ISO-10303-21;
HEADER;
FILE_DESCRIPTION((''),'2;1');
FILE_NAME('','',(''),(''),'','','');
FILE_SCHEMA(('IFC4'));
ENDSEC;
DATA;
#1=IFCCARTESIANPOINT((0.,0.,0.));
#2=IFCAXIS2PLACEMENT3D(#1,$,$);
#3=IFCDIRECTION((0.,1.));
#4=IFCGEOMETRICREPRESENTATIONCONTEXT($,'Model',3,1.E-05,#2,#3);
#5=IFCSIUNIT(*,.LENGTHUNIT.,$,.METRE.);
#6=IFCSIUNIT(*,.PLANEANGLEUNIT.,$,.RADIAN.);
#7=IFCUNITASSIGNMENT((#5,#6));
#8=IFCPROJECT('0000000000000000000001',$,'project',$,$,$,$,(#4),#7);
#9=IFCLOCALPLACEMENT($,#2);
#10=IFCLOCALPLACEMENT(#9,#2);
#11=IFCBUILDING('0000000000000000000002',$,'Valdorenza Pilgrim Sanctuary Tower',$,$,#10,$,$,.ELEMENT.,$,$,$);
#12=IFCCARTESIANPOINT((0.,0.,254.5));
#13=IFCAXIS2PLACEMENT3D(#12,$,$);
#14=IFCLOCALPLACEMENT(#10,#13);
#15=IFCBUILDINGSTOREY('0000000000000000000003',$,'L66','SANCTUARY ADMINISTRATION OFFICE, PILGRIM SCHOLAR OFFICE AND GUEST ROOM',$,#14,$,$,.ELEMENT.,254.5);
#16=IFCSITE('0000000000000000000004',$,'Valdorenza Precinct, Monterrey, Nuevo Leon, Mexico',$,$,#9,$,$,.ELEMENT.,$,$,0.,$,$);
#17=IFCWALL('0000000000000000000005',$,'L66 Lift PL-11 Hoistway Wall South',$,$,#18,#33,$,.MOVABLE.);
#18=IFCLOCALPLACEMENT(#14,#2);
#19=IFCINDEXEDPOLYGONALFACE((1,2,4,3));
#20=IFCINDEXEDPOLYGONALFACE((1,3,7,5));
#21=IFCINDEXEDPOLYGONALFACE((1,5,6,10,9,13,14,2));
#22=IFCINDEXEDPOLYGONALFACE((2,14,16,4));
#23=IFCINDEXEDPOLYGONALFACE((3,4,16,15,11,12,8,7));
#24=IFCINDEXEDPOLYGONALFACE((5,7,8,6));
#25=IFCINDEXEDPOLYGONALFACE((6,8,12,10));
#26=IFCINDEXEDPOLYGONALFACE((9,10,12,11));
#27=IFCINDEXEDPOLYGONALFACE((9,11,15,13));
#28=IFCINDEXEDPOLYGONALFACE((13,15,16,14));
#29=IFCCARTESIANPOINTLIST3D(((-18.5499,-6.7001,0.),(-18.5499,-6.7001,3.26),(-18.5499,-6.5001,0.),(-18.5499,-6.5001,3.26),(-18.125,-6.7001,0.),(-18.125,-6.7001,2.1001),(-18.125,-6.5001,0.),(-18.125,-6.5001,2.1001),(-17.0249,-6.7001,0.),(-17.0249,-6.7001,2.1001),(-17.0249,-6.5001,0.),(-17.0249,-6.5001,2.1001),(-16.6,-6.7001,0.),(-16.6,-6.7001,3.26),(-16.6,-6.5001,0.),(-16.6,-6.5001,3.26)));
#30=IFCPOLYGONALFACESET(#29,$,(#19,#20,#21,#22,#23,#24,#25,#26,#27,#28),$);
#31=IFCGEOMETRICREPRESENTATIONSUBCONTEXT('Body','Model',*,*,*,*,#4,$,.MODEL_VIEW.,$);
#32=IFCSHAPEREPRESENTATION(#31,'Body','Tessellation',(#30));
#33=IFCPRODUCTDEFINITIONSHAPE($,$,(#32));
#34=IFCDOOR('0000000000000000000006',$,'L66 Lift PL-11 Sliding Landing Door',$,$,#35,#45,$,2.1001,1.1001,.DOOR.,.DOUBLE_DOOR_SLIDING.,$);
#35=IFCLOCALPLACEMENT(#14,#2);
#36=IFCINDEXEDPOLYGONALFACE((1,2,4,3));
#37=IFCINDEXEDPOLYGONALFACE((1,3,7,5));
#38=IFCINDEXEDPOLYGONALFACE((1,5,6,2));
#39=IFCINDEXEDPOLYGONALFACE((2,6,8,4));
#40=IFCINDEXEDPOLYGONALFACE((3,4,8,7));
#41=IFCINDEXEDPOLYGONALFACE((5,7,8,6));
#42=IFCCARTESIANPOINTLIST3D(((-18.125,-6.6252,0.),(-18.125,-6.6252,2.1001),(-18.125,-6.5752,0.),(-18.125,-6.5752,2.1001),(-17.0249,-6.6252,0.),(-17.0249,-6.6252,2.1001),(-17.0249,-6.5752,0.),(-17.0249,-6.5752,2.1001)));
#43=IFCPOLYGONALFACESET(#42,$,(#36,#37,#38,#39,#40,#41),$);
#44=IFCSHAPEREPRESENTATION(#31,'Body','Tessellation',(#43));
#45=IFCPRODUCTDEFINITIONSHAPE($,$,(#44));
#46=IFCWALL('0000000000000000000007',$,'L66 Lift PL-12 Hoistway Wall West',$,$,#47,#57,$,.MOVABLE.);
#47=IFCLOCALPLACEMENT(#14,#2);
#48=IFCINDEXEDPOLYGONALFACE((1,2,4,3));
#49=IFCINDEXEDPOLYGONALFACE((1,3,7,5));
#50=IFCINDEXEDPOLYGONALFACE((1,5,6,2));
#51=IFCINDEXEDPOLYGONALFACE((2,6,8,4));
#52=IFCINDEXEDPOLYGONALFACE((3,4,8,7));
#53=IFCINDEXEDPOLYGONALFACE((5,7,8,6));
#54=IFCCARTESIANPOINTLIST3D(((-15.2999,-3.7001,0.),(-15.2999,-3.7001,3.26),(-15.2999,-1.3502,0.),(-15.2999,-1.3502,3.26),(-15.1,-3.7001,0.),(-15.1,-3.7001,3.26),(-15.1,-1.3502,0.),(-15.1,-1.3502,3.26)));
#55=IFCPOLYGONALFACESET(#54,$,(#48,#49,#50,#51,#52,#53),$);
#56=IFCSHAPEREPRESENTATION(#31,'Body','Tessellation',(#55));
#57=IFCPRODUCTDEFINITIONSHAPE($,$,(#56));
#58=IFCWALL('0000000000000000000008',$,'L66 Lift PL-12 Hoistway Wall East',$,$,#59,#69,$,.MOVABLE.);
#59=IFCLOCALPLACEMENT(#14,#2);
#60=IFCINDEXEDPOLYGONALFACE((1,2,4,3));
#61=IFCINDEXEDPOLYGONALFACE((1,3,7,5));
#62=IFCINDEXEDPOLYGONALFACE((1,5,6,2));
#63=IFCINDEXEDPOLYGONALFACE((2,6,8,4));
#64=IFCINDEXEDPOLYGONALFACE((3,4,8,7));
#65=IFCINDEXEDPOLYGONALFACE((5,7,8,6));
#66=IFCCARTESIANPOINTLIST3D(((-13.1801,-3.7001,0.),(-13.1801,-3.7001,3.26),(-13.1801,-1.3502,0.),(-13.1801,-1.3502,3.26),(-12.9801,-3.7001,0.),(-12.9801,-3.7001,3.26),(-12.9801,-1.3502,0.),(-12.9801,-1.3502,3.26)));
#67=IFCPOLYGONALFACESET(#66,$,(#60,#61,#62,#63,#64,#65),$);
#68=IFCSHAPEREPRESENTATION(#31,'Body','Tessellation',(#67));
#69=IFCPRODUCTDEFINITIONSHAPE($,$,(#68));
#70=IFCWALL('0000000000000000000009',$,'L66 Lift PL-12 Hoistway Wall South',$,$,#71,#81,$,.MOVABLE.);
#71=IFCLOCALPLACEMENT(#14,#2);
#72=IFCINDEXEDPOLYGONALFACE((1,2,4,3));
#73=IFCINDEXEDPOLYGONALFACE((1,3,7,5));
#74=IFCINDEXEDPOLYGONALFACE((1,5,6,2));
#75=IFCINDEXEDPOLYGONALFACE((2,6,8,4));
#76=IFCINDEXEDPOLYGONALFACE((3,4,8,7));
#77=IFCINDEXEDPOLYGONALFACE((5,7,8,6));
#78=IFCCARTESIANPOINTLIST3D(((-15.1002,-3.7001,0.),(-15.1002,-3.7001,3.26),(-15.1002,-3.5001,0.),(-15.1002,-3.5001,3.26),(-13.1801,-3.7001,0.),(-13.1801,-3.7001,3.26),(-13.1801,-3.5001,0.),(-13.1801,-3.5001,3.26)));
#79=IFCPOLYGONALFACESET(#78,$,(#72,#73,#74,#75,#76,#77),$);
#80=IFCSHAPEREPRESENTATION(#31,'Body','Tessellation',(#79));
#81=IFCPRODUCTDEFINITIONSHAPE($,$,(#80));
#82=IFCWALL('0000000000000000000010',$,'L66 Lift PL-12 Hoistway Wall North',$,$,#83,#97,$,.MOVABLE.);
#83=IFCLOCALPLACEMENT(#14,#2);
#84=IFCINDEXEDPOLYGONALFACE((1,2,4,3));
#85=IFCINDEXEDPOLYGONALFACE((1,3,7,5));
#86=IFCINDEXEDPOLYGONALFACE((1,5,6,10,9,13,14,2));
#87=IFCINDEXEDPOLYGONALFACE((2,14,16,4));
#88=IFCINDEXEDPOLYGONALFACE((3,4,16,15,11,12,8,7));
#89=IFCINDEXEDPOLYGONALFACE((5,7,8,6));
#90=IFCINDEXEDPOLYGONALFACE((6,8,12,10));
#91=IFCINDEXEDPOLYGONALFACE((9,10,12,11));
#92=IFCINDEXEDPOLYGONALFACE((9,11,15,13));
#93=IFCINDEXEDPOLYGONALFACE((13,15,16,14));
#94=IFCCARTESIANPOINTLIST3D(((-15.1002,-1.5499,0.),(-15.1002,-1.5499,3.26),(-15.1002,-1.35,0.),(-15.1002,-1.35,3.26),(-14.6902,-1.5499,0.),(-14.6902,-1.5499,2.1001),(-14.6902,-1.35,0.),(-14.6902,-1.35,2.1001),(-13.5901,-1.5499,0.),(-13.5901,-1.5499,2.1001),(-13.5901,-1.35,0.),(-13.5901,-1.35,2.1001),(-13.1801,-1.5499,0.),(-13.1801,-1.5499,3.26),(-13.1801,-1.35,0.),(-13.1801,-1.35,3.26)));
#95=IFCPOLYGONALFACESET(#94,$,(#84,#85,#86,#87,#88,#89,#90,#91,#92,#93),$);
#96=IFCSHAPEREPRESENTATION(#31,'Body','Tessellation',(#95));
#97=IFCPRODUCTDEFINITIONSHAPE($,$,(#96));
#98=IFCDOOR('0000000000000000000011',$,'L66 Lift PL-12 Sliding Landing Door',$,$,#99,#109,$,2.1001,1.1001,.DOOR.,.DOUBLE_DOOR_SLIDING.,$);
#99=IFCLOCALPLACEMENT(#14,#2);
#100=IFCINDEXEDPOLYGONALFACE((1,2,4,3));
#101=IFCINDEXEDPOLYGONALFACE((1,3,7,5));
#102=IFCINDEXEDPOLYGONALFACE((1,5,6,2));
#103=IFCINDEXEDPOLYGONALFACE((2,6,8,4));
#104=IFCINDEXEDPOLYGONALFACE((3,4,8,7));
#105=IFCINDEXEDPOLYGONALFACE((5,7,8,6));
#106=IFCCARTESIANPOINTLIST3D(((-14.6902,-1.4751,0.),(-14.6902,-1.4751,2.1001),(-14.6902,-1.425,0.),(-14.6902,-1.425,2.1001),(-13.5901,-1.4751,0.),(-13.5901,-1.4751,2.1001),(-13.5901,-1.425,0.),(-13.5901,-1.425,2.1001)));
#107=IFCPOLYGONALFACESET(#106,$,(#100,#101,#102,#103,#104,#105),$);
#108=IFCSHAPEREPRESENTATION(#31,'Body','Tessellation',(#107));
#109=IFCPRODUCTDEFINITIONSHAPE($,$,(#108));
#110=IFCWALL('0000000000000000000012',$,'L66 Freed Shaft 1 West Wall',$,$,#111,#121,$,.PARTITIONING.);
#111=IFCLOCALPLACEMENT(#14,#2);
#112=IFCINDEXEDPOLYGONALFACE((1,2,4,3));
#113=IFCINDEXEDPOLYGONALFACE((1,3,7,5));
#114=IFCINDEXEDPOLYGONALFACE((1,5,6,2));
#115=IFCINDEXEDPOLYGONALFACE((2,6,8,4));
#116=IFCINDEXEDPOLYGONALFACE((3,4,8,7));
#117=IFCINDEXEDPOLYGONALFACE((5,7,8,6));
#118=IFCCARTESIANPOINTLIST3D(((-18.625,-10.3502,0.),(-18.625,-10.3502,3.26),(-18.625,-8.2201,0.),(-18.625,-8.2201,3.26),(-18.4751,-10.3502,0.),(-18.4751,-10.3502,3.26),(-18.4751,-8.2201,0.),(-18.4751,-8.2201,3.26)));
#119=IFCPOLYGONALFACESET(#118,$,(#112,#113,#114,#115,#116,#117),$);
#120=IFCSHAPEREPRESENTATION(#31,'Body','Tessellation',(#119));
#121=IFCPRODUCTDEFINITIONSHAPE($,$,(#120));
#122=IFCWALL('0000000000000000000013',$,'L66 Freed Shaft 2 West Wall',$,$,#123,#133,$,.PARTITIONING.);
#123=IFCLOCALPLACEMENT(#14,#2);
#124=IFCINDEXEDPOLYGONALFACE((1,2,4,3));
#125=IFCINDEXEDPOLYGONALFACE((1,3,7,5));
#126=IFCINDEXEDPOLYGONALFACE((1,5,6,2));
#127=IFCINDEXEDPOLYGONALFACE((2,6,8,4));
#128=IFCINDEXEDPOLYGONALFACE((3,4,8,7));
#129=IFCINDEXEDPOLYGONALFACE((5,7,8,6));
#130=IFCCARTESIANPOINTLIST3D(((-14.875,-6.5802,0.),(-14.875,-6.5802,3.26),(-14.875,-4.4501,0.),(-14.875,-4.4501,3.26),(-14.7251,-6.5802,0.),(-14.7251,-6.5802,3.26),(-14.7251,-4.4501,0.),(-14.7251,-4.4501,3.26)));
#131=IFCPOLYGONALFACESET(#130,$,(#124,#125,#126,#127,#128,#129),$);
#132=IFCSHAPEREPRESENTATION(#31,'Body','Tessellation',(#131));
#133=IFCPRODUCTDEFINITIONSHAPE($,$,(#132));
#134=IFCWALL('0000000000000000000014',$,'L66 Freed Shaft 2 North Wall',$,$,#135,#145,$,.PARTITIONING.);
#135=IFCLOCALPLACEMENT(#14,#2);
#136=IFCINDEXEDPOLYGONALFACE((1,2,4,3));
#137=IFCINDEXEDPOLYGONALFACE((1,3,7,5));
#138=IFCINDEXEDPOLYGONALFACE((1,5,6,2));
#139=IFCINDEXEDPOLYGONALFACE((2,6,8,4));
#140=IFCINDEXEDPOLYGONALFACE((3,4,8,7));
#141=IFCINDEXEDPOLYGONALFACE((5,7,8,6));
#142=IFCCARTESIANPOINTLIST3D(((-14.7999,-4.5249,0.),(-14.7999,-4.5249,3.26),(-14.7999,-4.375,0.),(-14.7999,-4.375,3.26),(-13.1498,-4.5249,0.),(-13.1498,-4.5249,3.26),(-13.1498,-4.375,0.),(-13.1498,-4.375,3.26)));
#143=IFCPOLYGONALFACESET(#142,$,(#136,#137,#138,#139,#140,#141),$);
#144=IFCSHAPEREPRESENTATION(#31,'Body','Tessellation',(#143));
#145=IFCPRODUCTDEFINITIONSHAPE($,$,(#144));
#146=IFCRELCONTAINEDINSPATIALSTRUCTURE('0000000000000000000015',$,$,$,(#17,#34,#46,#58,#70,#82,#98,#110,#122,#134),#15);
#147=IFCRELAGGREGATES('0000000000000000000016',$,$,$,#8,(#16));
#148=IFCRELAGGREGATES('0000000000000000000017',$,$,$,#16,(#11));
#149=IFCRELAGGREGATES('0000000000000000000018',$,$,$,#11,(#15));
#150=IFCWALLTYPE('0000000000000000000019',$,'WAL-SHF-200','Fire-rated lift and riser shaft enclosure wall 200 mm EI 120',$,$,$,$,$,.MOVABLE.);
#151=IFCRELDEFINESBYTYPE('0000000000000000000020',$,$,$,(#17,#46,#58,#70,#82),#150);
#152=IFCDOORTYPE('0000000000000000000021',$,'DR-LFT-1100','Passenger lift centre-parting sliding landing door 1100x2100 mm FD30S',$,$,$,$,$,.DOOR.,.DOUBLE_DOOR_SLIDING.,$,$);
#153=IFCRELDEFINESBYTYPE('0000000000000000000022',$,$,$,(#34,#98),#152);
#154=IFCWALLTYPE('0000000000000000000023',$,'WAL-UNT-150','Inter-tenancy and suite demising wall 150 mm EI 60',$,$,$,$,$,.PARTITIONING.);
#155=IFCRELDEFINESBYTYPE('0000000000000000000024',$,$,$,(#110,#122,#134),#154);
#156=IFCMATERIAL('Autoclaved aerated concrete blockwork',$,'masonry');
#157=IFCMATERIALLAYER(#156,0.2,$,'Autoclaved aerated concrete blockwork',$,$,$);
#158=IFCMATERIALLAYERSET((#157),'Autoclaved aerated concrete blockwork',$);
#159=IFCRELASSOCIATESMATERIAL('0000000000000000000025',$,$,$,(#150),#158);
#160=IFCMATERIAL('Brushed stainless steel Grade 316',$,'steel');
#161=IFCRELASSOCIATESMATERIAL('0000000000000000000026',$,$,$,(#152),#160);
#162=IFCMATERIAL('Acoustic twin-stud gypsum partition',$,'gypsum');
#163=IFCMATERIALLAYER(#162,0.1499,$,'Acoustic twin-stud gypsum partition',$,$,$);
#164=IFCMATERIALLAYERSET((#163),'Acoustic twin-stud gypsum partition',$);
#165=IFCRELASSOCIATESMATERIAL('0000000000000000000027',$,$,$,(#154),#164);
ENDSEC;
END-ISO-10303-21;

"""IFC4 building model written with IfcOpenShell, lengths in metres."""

from ifc_helpers import new_model, si_unit, direction, frame, frame_2d, origin, place, context, subcontext, project, spatial, rectangle, extrude, material, layer, layer_set, type_object, element, fill, save


model = new_model("IFC4")

# Units and contexts
model_context = context("Model", 3, precision=1e-05, world=origin(), true_north=direction((0.0, 1.0)))
body_context = subcontext(model_context, "Body", "Model", "MODEL_VIEW")
ifc_project = project(units=[si_unit("LENGTHUNIT", "METRE"), si_unit("PLANEANGLEUNIT", "RADIAN")], contexts=[model_context])

# Site, building, storey
site_placement = place(None, origin())
site = spatial("IfcSite", under=ifc_project, at=site_placement, Name="Valdorenza Precinct, Monterrey, Nuevo Leon, Mexico", CompositionType="ELEMENT", RefElevation=0.0)
building_placement = place(site_placement, origin())
building = spatial("IfcBuilding", under=site, at=building_placement, Name="Valdorenza Pilgrim Sanctuary Tower", CompositionType="ELEMENT")
storey_placement = place(building_placement, frame((0.0, 0.0, 254.5)))
storey = spatial("IfcBuildingStorey", under=building, at=storey_placement, Name="L66", Description="SANCTUARY ADMINISTRATION OFFICE, PILGRIM SCHOLAR OFFICE AND GUEST ROOM", CompositionType="ELEMENT", Elevation=254.5)

# Shared definitions
ifc_material_1 = material(Name="Acoustic twin-stud gypsum partition", Category="gypsum")

# Shared definitions
ifc_material_2 = material(Name="Autoclaved aerated concrete blockwork", Category="masonry")
ifc_layer_1 = layer(ifc_material_2, 0.2, Name="Autoclaved aerated concrete blockwork")
ifc_layer_set_1 = layer_set([ifc_layer_1], Name="Autoclaved aerated concrete blockwork")
wall_type_1 = type_object("IfcWallType", Name="WAL-SHF-200", Description="Fire-rated lift and riser shaft enclosure wall 200 mm EI 120", PredefinedType="MOVABLE", material=ifc_layer_set_1)

# Wall, opening, door
wall_1_placement = place(storey_placement, frame((-18.55, -6.6001, 0.0), z_axis=(0.0, 0.0, 1.0), x_axis=(1.0, 0.0, 0.0)))
wall_1 = element("IfcWall", 1, at=wall_1_placement, inside=storey, type_object=wall_type_1, Name="L66 Lift PL-11 Hoistway Wall South", PredefinedType="MOVABLE", context=body_context, shape_type="SweptSolid", body=[
    extrude(rectangle(XDim=1.95, YDim=0.2, at=frame_2d((0.9751, 0.0))), origin(), (0.0, 0.0, 1.0), 3.26),
])
opening_1_placement = place(wall_1_placement, frame((0.425, 0.0, 0.0)))
opening_1 = element("IfcOpeningElement", 2, at=opening_1_placement, cuts=wall_1, PredefinedType="OPENING", context=body_context, shape_type="SweptSolid", body=[
    extrude(rectangle(XDim=1.1001, YDim=2.1001, at=frame_2d((0.55, 1.05))), frame((0.0, 0.1147, 0.0), z_axis=(0.0, -1.0, 0.0), x_axis=(1.0, 0.0, 0.0)), (0.0, 0.0, 1.0), 0.2297),
])
ifc_material_3 = material(Name="Brushed stainless steel Grade 316", Category="steel")
door_type_1 = type_object("IfcDoorType", Name="DR-LFT-1100", Description="Passenger lift centre-parting sliding landing door 1100x2100 mm FD30S", OperationType="DOUBLE_DOOR_SLIDING", PredefinedType="DOOR", material=ifc_material_3)
door_1_placement = place(opening_1_placement, origin())
door_1 = element("IfcDoor", 3, at=door_1_placement, inside=storey, type_object=door_type_1, Name="L66 Lift PL-11 Sliding Landing Door", OperationType="DOUBLE_DOOR_SLIDING", OverallHeight=2.1001, OverallWidth=1.1001, PredefinedType="DOOR", context=body_context, shape_type="SweptSolid", body=[
    extrude(rectangle(XDim=1.1001, YDim=2.1001, at=frame_2d((0.55, 1.05))), frame((0.0, 0.0249, 0.0), z_axis=(0.0, -1.0, 0.0), x_axis=(1.0, 0.0, 0.0)), (0.0, 0.0, 1.0), 0.05),
])
fill(opening_1, door_1)

# Walls
for number, where, z_axis, x_axis, name in (
    (4, (-15.2, -3.7, 0.0), (0.0, 0.0, 1.0), (0.0, 1.0, 0.0), "L66 Lift PL-12 Hoistway Wall West"),
    (5, (-13.0801, -3.7, 0.0), (0.0, 0.0, 1.0), (0.0, 1.0, 0.0), "L66 Lift PL-12 Hoistway Wall East"),
):
    element("IfcWall", number, at=place(storey_placement, frame(where, z_axis=z_axis, x_axis=x_axis)), inside=storey, type_object=wall_type_1, Name=name, PredefinedType="MOVABLE", context=body_context, shape_type="SweptSolid", body=[
        extrude(rectangle(XDim=2.3499, YDim=0.2, at=frame_2d((1.1748, 0.0))), origin(), (0.0, 0.0, 1.0), 3.26),
    ])
wall_2_placement = place(storey_placement, frame((-15.1001, -3.6001, 0.0), z_axis=(0.0, 0.0, 1.0), x_axis=(1.0, 0.0, 0.0)))
element("IfcWall", 6, at=wall_2_placement, inside=storey, type_object=wall_type_1, Name="L66 Lift PL-12 Hoistway Wall South", PredefinedType="MOVABLE", context=body_context, shape_type="SweptSolid", body=[
    extrude(rectangle(XDim=1.9202, YDim=0.2, at=frame_2d((0.96, 0.0))), origin(), (0.0, 0.0, 1.0), 3.26),
])

# Wall, opening, door
wall_3_placement = place(storey_placement, frame((-15.1001, -1.45, 0.0), z_axis=(0.0, 0.0, 1.0), x_axis=(1.0, 0.0, 0.0)))
wall_3 = element("IfcWall", 7, at=wall_3_placement, inside=storey, type_object=wall_type_1, Name="L66 Lift PL-12 Hoistway Wall North", PredefinedType="MOVABLE", context=body_context, shape_type="SweptSolid", body=[
    extrude(rectangle(XDim=1.9202, YDim=0.2, at=frame_2d((0.96, 0.0))), origin(), (0.0, 0.0, 1.0), 3.26),
])
opening_2_placement = place(wall_3_placement, frame((0.4099, 0.0, 0.0)))
opening_2 = element("IfcOpeningElement", 8, at=opening_2_placement, cuts=wall_3, PredefinedType="OPENING", context=body_context, shape_type="SweptSolid", body=[
    extrude(rectangle(XDim=1.1001, YDim=2.1001, at=frame_2d((0.55, 1.05))), frame((0.0, 0.1147, 0.0), z_axis=(0.0, -1.0, 0.0), x_axis=(1.0, 0.0, 0.0)), (0.0, 0.0, 1.0), 0.2297),
])
door_2_placement = place(opening_2_placement, origin())
door_2 = element("IfcDoor", 9, at=door_2_placement, inside=storey, type_object=door_type_1, Name="L66 Lift PL-12 Sliding Landing Door", OperationType="DOUBLE_DOOR_SLIDING", OverallHeight=2.1001, OverallWidth=1.1001, PredefinedType="DOOR", context=body_context, shape_type="SweptSolid", body=[
    extrude(rectangle(XDim=1.1001, YDim=2.1001, at=frame_2d((0.55, 1.05))), frame((0.0, 0.0249, 0.0), z_axis=(0.0, -1.0, 0.0), x_axis=(1.0, 0.0, 0.0)), (0.0, 0.0, 1.0), 0.05),
])
fill(opening_2, door_2)

# Walls
ifc_layer_2 = layer(ifc_material_1, 0.1499, Name="Acoustic twin-stud gypsum partition")
ifc_layer_set_2 = layer_set([ifc_layer_2], Name="Acoustic twin-stud gypsum partition")
wall_type_2 = type_object("IfcWallType", Name="WAL-UNT-150", Description="Inter-tenancy and suite demising wall 150 mm EI 60", PredefinedType="PARTITIONING", material=ifc_layer_set_2)
for number, where, z_axis, x_axis, name in (
    (10, (-18.55, -10.3501, 0.0), (0.0, 0.0, 1.0), (0.0, 1.0, 0.0), "L66 Freed Shaft 1 West Wall"),
    (11, (-14.8, -6.5801, 0.0), (0.0, 0.0, 1.0), (0.0, 1.0, 0.0), "L66 Freed Shaft 2 West Wall"),
):
    element("IfcWall", number, at=place(storey_placement, frame(where, z_axis=z_axis, x_axis=x_axis)), inside=storey, type_object=wall_type_2, Name=name, PredefinedType="PARTITIONING", context=body_context, shape_type="SweptSolid", body=[
        extrude(rectangle(XDim=2.1301, YDim=0.1499, at=frame_2d((1.0649, 0.0))), origin(), (0.0, 0.0, 1.0), 3.26),
    ])
wall_4_placement = place(storey_placement, frame((-14.8, -4.45, 0.0), z_axis=(0.0, 0.0, 1.0), x_axis=(1.0, 0.0, 0.0)))
element("IfcWall", 12, at=wall_4_placement, inside=storey, type_object=wall_type_2, Name="L66 Freed Shaft 2 North Wall", PredefinedType="PARTITIONING", context=body_context, shape_type="SweptSolid", body=[
    extrude(rectangle(XDim=1.6501, YDim=0.1499, at=frame_2d((0.8252, 0.0))), origin(), (0.0, 0.0, 1.0), 3.26),
])

save(model, "model.ifc")
